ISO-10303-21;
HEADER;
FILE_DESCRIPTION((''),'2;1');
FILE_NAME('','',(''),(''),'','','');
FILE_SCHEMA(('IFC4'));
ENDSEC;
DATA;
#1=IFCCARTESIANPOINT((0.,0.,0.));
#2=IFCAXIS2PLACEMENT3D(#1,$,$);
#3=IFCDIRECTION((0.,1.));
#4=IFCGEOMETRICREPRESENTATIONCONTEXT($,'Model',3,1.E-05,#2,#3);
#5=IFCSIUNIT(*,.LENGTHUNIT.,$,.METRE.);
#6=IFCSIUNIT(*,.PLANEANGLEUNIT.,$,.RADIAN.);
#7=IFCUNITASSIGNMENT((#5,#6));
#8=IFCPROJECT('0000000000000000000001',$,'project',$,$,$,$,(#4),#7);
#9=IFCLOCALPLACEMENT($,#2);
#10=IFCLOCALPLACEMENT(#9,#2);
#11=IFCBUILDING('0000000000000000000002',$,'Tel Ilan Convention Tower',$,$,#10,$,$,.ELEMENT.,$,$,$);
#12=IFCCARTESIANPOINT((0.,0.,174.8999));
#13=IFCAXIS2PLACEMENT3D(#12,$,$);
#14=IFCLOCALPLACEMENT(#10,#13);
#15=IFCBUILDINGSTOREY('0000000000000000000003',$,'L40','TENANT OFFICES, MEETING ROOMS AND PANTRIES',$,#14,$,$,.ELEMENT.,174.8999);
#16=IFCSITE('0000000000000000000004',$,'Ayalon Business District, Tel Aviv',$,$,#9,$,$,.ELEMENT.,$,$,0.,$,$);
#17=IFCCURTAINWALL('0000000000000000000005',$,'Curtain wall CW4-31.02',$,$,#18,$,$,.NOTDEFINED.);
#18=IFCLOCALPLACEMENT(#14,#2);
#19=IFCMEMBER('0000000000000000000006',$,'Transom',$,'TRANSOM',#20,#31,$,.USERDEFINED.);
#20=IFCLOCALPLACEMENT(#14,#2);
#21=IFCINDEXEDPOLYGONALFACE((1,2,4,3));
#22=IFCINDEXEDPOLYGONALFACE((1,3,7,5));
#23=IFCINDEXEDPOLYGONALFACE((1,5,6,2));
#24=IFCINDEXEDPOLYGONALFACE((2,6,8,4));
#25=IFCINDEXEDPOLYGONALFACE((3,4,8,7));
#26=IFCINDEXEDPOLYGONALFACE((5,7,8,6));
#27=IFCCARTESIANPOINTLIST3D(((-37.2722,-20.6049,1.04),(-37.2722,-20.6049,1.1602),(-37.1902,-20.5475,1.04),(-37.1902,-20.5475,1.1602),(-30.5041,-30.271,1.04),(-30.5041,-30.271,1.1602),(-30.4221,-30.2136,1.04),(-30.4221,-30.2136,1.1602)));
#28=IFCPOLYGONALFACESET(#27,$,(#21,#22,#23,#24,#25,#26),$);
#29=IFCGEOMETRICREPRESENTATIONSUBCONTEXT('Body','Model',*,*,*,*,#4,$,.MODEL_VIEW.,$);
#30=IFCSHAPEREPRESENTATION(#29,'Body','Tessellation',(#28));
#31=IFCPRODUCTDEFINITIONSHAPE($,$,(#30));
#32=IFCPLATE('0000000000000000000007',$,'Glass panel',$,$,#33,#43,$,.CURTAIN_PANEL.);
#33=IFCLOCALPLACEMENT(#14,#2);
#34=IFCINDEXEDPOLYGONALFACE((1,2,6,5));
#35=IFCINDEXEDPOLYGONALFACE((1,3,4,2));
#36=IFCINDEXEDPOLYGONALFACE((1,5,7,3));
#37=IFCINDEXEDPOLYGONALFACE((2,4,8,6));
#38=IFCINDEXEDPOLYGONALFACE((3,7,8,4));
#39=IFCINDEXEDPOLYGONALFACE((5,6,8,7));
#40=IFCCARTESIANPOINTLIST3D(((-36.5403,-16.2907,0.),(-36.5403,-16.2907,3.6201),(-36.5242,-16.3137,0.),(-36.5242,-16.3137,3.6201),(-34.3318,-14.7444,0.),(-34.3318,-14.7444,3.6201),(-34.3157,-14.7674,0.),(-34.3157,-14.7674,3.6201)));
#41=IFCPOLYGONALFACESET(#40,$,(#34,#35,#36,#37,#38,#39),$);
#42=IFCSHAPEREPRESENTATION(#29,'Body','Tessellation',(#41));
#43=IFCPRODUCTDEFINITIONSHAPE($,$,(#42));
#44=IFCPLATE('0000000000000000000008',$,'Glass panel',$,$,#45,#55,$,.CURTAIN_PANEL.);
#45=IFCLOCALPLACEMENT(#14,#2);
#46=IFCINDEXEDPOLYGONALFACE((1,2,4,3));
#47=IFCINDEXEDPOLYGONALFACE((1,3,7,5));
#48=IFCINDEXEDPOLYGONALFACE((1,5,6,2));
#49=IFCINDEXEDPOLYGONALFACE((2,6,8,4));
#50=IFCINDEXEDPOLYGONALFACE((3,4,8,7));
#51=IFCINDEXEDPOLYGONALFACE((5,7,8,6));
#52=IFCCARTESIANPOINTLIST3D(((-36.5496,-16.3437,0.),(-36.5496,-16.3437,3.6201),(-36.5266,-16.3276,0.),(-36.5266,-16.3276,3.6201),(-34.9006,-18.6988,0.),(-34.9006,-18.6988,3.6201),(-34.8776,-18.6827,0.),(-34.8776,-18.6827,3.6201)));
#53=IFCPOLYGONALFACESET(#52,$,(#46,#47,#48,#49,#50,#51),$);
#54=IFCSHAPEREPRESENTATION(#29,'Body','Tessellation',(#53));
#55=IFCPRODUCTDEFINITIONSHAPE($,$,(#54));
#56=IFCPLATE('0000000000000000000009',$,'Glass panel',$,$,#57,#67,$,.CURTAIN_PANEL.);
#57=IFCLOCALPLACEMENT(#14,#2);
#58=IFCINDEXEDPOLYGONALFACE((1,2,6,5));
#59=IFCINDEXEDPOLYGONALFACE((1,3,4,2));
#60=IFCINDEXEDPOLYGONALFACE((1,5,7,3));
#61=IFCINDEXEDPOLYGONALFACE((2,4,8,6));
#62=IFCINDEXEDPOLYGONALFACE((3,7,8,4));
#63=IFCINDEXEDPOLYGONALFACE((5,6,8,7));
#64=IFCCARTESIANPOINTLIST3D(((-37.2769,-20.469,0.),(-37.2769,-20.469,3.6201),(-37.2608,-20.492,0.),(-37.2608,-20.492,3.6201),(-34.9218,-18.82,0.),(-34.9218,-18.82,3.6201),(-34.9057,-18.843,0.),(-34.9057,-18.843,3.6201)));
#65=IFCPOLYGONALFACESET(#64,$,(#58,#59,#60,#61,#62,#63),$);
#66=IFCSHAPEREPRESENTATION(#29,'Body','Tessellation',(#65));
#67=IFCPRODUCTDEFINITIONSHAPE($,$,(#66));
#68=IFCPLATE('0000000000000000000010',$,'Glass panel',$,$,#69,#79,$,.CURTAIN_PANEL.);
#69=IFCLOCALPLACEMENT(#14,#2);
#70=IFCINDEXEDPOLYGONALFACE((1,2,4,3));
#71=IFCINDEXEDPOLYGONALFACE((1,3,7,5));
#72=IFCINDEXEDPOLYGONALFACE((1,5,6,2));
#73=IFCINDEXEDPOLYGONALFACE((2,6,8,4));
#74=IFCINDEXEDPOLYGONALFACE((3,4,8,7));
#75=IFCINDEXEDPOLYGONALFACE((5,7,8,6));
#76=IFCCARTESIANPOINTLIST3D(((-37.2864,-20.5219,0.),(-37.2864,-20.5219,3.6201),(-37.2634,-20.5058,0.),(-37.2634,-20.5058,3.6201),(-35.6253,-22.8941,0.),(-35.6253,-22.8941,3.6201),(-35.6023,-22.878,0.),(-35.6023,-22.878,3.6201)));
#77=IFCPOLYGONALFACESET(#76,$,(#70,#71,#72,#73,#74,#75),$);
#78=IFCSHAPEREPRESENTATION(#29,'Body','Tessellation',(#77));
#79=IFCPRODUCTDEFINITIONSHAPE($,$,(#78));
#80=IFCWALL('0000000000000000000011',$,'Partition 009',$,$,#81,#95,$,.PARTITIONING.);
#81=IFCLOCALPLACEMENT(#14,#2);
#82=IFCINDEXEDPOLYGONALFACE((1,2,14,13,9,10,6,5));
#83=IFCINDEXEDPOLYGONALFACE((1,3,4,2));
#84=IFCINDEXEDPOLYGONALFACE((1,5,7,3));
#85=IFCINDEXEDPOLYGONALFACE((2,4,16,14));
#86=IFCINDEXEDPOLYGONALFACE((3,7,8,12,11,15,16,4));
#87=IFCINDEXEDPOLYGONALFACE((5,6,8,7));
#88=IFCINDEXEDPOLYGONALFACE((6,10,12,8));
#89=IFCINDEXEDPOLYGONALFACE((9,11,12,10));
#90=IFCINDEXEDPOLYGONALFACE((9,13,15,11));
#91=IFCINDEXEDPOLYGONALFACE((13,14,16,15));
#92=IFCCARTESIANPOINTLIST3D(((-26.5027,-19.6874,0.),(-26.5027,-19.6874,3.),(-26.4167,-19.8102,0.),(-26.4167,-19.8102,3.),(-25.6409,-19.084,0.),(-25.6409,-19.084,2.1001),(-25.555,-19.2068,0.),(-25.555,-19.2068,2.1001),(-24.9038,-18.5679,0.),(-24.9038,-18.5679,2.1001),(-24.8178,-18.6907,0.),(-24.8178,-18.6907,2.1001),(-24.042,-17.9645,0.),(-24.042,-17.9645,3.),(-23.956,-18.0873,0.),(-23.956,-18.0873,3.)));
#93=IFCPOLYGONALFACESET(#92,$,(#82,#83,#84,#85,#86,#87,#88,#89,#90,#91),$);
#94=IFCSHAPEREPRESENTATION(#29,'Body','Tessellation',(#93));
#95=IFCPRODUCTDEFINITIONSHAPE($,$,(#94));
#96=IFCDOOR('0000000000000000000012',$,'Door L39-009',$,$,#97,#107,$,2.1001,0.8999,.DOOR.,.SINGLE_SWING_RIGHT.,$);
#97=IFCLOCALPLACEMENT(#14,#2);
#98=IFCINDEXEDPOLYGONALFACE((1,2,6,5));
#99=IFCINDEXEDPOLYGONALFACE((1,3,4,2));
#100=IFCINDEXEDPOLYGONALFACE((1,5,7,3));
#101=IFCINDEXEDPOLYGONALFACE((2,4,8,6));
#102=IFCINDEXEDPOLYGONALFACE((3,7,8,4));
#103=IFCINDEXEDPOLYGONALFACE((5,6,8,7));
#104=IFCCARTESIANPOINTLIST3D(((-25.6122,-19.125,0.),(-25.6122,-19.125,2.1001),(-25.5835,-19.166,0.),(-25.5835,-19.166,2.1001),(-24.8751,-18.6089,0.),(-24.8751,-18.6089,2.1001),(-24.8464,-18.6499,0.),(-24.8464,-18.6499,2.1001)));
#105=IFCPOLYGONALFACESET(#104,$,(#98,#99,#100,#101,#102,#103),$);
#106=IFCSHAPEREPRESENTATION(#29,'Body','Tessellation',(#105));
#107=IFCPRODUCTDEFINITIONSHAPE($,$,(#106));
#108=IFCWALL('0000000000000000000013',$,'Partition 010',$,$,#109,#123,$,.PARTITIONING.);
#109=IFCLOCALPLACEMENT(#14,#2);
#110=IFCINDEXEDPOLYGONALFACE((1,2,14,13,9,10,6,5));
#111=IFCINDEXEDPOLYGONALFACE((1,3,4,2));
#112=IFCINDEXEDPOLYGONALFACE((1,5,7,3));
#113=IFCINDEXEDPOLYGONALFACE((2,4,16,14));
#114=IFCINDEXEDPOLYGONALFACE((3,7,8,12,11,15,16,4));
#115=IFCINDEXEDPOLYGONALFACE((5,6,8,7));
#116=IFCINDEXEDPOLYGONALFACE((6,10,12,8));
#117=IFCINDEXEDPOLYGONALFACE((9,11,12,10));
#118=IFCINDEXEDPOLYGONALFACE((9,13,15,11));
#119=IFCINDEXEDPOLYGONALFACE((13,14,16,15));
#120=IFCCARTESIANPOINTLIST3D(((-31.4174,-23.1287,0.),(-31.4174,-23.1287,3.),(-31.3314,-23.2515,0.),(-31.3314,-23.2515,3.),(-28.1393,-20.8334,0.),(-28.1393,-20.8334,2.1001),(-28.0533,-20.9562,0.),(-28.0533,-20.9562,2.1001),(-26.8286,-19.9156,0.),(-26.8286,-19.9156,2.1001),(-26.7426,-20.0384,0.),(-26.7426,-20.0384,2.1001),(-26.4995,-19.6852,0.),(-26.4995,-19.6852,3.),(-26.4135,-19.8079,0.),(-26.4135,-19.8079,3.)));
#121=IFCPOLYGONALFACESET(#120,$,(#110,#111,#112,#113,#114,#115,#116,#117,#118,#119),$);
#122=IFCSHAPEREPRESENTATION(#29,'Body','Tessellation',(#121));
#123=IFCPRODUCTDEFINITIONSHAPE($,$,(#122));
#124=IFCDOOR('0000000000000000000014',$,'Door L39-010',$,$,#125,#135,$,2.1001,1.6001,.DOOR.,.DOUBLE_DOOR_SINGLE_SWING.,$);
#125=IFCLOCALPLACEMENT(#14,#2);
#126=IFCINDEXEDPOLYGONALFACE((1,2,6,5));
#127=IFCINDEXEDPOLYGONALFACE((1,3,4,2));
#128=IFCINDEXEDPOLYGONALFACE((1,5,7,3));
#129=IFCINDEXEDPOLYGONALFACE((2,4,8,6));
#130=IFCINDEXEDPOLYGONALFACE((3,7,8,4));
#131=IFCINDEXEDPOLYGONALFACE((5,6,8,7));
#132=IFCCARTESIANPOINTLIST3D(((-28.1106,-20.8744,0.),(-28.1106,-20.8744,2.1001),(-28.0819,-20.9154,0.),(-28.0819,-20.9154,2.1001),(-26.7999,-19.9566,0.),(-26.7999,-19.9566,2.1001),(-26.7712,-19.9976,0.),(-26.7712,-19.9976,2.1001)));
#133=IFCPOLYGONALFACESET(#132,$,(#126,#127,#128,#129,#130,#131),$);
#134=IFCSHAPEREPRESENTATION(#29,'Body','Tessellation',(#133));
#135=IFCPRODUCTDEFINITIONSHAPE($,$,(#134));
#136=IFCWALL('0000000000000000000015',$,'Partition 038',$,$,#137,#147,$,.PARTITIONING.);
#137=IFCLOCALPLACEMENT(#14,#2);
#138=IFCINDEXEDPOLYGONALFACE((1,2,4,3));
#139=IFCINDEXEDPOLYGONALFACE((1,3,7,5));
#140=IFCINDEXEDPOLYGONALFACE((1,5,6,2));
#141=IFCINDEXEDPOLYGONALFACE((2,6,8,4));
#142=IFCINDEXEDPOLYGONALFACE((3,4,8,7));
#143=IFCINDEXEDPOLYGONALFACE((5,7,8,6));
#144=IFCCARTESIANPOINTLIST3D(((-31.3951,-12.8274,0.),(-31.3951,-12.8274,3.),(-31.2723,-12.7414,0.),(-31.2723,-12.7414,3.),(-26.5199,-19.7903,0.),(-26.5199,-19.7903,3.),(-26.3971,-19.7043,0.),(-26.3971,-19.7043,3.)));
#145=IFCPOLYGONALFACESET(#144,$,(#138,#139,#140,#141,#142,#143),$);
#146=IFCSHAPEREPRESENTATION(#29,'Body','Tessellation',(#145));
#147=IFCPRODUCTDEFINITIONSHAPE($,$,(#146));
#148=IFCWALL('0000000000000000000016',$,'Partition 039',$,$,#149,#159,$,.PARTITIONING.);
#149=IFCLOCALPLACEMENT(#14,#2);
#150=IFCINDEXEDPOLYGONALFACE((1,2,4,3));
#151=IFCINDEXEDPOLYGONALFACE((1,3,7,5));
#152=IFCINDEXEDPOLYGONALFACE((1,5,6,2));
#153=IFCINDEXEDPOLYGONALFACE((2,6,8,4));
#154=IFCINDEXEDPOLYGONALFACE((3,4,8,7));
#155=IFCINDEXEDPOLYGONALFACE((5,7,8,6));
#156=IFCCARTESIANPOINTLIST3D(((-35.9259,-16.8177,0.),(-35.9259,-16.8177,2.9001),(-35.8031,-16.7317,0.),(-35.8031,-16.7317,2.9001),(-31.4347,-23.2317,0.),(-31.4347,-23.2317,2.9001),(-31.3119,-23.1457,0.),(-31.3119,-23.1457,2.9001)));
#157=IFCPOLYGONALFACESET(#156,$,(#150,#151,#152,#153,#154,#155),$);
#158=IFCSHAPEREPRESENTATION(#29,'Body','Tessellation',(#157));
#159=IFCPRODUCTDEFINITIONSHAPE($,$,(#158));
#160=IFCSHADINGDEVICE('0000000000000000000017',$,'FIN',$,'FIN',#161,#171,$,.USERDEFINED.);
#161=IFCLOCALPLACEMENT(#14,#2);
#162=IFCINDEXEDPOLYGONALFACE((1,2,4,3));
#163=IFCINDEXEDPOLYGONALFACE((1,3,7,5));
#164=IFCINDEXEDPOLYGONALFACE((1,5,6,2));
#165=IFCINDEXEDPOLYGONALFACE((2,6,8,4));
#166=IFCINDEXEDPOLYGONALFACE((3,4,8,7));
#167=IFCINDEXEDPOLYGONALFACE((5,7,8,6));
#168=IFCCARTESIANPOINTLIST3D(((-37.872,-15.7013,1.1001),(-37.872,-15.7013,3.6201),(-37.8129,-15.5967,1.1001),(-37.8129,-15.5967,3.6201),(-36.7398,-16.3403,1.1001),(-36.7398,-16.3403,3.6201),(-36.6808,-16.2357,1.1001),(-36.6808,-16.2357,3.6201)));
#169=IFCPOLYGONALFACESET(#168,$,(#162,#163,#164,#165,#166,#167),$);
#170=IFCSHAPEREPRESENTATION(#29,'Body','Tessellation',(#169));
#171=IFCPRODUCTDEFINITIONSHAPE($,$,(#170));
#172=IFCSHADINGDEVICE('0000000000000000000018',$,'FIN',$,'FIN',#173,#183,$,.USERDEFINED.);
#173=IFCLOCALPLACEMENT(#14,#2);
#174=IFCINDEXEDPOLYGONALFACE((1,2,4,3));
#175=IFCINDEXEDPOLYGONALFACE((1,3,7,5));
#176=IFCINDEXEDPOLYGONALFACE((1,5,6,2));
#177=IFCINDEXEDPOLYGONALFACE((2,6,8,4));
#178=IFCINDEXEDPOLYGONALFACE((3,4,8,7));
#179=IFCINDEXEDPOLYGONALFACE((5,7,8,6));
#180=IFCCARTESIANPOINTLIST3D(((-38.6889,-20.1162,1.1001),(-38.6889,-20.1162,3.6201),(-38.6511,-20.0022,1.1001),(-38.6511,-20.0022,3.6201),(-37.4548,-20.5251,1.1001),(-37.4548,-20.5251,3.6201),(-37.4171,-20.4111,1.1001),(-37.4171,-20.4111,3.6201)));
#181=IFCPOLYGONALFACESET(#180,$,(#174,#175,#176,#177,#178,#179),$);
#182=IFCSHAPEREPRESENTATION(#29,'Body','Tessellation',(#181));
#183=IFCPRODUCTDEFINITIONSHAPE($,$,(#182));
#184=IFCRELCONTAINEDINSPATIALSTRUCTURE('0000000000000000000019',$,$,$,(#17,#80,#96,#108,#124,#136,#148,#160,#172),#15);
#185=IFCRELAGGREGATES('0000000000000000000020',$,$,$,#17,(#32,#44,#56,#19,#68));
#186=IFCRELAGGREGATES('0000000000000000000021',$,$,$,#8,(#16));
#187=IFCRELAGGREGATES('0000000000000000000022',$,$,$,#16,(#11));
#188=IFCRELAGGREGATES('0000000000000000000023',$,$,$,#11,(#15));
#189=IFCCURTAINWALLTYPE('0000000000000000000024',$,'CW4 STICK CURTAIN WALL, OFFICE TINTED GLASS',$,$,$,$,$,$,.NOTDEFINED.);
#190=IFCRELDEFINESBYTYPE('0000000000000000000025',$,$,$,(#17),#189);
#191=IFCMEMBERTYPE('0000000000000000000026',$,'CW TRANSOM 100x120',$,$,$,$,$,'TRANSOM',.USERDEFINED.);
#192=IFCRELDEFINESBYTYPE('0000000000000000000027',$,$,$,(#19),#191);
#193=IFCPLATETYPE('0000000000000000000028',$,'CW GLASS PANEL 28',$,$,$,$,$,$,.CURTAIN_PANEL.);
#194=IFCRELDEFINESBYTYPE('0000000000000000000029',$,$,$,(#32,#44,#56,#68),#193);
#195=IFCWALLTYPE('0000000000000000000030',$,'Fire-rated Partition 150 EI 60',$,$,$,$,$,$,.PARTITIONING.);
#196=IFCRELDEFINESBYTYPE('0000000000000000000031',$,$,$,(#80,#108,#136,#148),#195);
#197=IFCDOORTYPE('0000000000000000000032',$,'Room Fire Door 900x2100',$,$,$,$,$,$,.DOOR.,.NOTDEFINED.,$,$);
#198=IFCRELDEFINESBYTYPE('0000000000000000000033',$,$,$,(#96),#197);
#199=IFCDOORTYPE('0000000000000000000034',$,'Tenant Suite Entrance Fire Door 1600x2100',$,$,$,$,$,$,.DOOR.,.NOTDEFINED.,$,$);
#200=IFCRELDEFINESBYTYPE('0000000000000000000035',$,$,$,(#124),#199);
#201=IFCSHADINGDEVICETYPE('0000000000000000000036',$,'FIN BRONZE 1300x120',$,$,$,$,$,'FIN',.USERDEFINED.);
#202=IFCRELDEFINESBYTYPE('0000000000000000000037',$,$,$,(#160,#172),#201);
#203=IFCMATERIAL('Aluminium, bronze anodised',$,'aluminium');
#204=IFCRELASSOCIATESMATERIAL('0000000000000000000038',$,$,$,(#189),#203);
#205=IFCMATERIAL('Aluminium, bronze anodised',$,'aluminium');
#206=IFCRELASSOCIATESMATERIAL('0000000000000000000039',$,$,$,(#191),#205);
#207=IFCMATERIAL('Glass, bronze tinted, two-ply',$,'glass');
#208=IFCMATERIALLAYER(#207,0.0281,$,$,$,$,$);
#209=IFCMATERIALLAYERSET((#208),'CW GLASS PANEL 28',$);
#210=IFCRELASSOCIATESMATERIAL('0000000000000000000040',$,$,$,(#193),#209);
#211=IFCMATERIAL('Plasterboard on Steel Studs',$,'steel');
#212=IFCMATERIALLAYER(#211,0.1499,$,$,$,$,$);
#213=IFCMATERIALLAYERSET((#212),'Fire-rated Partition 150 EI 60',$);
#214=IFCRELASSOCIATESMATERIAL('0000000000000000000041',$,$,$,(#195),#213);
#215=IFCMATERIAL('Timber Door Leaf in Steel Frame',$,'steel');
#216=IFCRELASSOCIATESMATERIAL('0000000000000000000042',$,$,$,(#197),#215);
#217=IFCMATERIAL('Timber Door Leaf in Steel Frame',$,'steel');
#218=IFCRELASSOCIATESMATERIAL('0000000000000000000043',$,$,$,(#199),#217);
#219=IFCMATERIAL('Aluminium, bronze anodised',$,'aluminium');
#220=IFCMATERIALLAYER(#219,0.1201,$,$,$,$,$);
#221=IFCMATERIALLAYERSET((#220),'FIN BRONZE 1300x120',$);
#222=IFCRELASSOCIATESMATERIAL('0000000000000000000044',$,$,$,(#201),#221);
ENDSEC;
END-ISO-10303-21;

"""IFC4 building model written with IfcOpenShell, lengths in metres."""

from ifc_helpers import new_model, si_unit, direction, frame, frame_2d, origin, origin_2d, place, context, subcontext, project, spatial, rectangle, extrude, material, layer, layer_set, material_profile, profile_set, type_object, element, fill, aggregate, save


model = new_model("IFC4")

# Units and contexts
model_context = context("Model", 3, precision=1e-05, world=origin(), true_north=direction((0.0, 1.0)))
body_context = subcontext(model_context, "Body", "Model", "MODEL_VIEW")
ifc_project = project(units=[si_unit("LENGTHUNIT", "METRE"), si_unit("PLANEANGLEUNIT", "RADIAN")], contexts=[model_context])

# Site, building, storey
site_placement = place(None, origin())
site = spatial("IfcSite", under=ifc_project, at=site_placement, Name="Ayalon Business District, Tel Aviv", CompositionType="ELEMENT", RefElevation=0.0)
building_placement = place(site_placement, origin())
building = spatial("IfcBuilding", under=site, at=building_placement, Name="Tel Ilan Convention Tower", CompositionType="ELEMENT")
storey_placement = place(building_placement, frame((0.0, 0.0, 174.8999)))
storey = spatial("IfcBuildingStorey", under=building, at=storey_placement, Name="L40", Description="TENANT OFFICES, MEETING ROOMS AND PANTRIES", CompositionType="ELEMENT", Elevation=174.8999)

# Curtain wall, member, plates
ifc_material_1 = material(Name="Aluminium, bronze anodised", Category="aluminium")
curtain_wall_type = type_object("IfcCurtainWallType", Name="CW4 STICK CURTAIN WALL, OFFICE TINTED GLASS", PredefinedType="NOTDEFINED", material=ifc_material_1)
curtain_wall_placement = place(storey_placement, origin())
curtain_wall = element("IfcCurtainWall", 1, at=curtain_wall_placement, inside=storey, type_object=curtain_wall_type, Name="Curtain wall CW4-31.02", PredefinedType="NOTDEFINED")
ifc_material_2 = material(Name="Aluminium, bronze anodised", Category="aluminium")
ifc_material_profile_1 = material_profile(ifc_material_2, rectangle(XDim=0.1001, YDim=0.1201, at=origin_2d()), Name="CW TRANSOM 100x120")
ifc_profile_set_1 = profile_set([ifc_material_profile_1], Name="Aluminium, bronze anodised")
member_type_1 = type_object("IfcMemberType", Name="CW TRANSOM 100x120", ElementType="TRANSOM", PredefinedType="USERDEFINED", material=ifc_profile_set_1)
member_1_placement = place(storey_placement, frame((-37.2312, -20.5762, 1.1001), z_axis=(0.573568, -0.819158, 0.0), x_axis=(0.819158, 0.573568, 0.0)))
member_1 = element("IfcMember", 2, at=member_1_placement, type_object=member_type_1, Name="Transom", ObjectType="TRANSOM", PredefinedType="USERDEFINED", context=body_context, shape_type="SweptSolid", body=[
    extrude(rectangle(XDim=0.1001, YDim=0.1201, at=origin_2d()), origin(), (0.0, 0.0, 1.0), 11.8),
])
ifc_material_3 = material(Name="Glass, bronze tinted, two-ply", Category="glass")
ifc_layer_1 = layer(ifc_material_3, 0.0281)
ifc_layer_set_1 = layer_set([ifc_layer_1], Name="CW GLASS PANEL 28")
plate_type = type_object("IfcPlateType", Name="CW GLASS PANEL 28", PredefinedType="CURTAIN_PANEL", material=ifc_layer_set_1)
plate_1_placement = place(storey_placement, frame((-35.428, -15.5291, 0.0), z_axis=(0.0, 0.0, 1.0), x_axis=(-0.819152, -0.573576, 0.0)))
plate_1 = element("IfcPlate", 3, at=plate_1_placement, type_object=plate_type, Name="Glass panel", PredefinedType="CURTAIN_PANEL", context=body_context, shape_type="SweptSolid", body=[
    extrude(rectangle(XDim=2.696, YDim=0.0281, at=origin_2d()), origin(), (0.0, 0.0, 1.0), 3.6201),
])
plate_2_placement = place(storey_placement, frame((-35.7136, -17.5132, 0.0), z_axis=(0.0, 0.0, 1.0), x_axis=(0.573576, -0.819152, 0.0)))
plate_2 = element("IfcPlate", 4, at=plate_2_placement, type_object=plate_type, Name="Glass panel", PredefinedType="CURTAIN_PANEL", context=body_context, shape_type="SweptSolid", body=[
    extrude(rectangle(XDim=2.875, YDim=0.0281, at=origin_2d()), origin(), (0.0, 0.0, 1.0), 3.6201),
])
plate_3_placement = place(storey_placement, frame((-36.0913, -19.656, 0.0), z_axis=(0.0, 0.0, 1.0), x_axis=(-0.819152, -0.573576, 0.0)))
plate_3 = element("IfcPlate", 5, at=plate_3_placement, type_object=plate_type, Name="Glass panel", PredefinedType="CURTAIN_PANEL", context=body_context, shape_type="SweptSolid", body=[
    extrude(rectangle(XDim=2.875, YDim=0.0281, at=origin_2d()), origin(), (0.0, 0.0, 1.0), 3.6201),
])
plate_4_placement = place(storey_placement, frame((-36.4443, -21.7, 0.0), z_axis=(0.0, 0.0, 1.0), x_axis=(0.573576, -0.819152, 0.0)))
plate_4 = element("IfcPlate", 6, at=plate_4_placement, type_object=plate_type, Name="Glass panel", PredefinedType="CURTAIN_PANEL", context=body_context, shape_type="SweptSolid", body=[
    extrude(rectangle(XDim=2.896, YDim=0.0281, at=origin_2d()), origin(), (0.0, 0.0, 1.0), 3.6201),
])
aggregate(curtain_wall, [plate_1, plate_2, plate_3, member_1, plate_4])

# Walls, openings, doors
ifc_material_4 = material(Name="Plasterboard on Steel Studs", Category="steel")
ifc_layer_2 = layer(ifc_material_4, 0.1499)
ifc_layer_set_2 = layer_set([ifc_layer_2], Name="Fire-rated Partition 150 EI 60")
wall_type = type_object("IfcWallType", Name="Fire-rated Partition 150 EI 60", PredefinedType="PARTITIONING", material=ifc_layer_set_2)
wall_1_placement = place(storey_placement, frame((-26.4597, -19.7488, 0.0), z_axis=(0.0, 0.0, 1.0), x_axis=(0.819167, 0.573555, 0.0)))
wall_1 = element("IfcWall", 7, at=wall_1_placement, inside=storey, type_object=wall_type, Name="Partition 009", PredefinedType="PARTITIONING", context=body_context, shape_type="SweptSolid", body=[
    extrude(rectangle(XDim=3.0039, YDim=0.1499, at=frame_2d((1.502, 0.0))), origin(), (0.0, 0.0, 1.0), 3.0),
])
opening_1_placement = place(wall_1_placement, frame((1.052, 0.0, 0.0)))
opening_1 = element("IfcOpeningElement", 8, at=opening_1_placement, cuts=wall_1, PredefinedType="OPENING", context=body_context, shape_type="SweptSolid", body=[
    extrude(rectangle(XDim=0.8999, YDim=2.1001, at=frame_2d((0.45, 1.05))), frame((0.0, 0.085, 0.0), z_axis=(0.0, -1.0, 0.0), x_axis=(1.0, 0.0, 0.0)), (0.0, 0.0, 1.0), 0.1699),
])
ifc_material_5 = material(Name="Timber Door Leaf in Steel Frame", Category="steel")
door_type_1 = type_object("IfcDoorType", Name="Room Fire Door 900x2100", OperationType="NOTDEFINED", PredefinedType="DOOR", material=ifc_material_5)
door_1_placement = place(opening_1_placement, origin())
door_1 = element("IfcDoor", 9, at=door_1_placement, inside=storey, type_object=door_type_1, Name="Door L39-009", OperationType="SINGLE_SWING_RIGHT", OverallHeight=2.1001, OverallWidth=0.8999, PredefinedType="DOOR", context=body_context, shape_type="SweptSolid", body=[
    extrude(rectangle(XDim=0.8999, YDim=2.1001, at=frame_2d((0.45, 1.05))), frame((0.0, 0.0249, 0.0), z_axis=(0.0, -1.0, 0.0), x_axis=(1.0, 0.0, 0.0)), (0.0, 0.0, 1.0), 0.05),
])
fill(opening_1, door_1)
wall_2_placement = place(storey_placement, frame((-31.3745, -23.1902, 0.0), z_axis=(0.0, 0.0, 1.0), x_axis=(0.819152, 0.573577, 0.0)))
wall_2 = element("IfcWall", 10, at=wall_2_placement, inside=storey, type_object=wall_type, Name="Partition 010", PredefinedType="PARTITIONING", context=body_context, shape_type="SweptSolid", body=[
    extrude(rectangle(XDim=6.0037, YDim=0.1499, at=frame_2d((3.002, 0.0))), origin(), (0.0, 0.0, 1.0), 3.0),
])
opening_2_placement = place(wall_2_placement, frame((4.002, 0.0, 0.0)))
opening_2 = element("IfcOpeningElement", 11, at=opening_2_placement, cuts=wall_2, PredefinedType="OPENING", context=body_context, shape_type="SweptSolid", body=[
    extrude(rectangle(XDim=1.6001, YDim=2.1001, at=frame_2d((0.8, 1.05))), frame((0.0, 0.085, 0.0), z_axis=(0.0, -1.0, 0.0), x_axis=(1.0, 0.0, 0.0)), (0.0, 0.0, 1.0), 0.1699),
])
ifc_material_6 = material(Name="Timber Door Leaf in Steel Frame", Category="steel")
door_type_2 = type_object("IfcDoorType", Name="Tenant Suite Entrance Fire Door 1600x2100", OperationType="NOTDEFINED", PredefinedType="DOOR", material=ifc_material_6)
door_2_placement = place(opening_2_placement, origin())
door_2 = element("IfcDoor", 12, at=door_2_placement, inside=storey, type_object=door_type_2, Name="Door L39-010", OperationType="DOUBLE_DOOR_SINGLE_SWING", OverallHeight=2.1001, OverallWidth=1.6001, PredefinedType="DOOR", context=body_context, shape_type="SweptSolid", body=[
    extrude(rectangle(XDim=1.6001, YDim=2.1001, at=frame_2d((0.8, 1.05))), frame((0.0, 0.0249, 0.0), z_axis=(0.0, -1.0, 0.0), x_axis=(1.0, 0.0, 0.0)), (0.0, 0.0, 1.0), 0.05),
])
fill(opening_2, door_2)

# Walls
wall_3_placement = place(storey_placement, frame((-26.4585, -19.7473, 0.0), z_axis=(0.0, 0.0, 1.0), x_axis=(-0.573559, 0.819164, 0.0)))
element("IfcWall", 13, at=wall_3_placement, inside=storey, type_object=wall_type, Name="Partition 038", PredefinedType="PARTITIONING", context=body_context, shape_type="SweptSolid", body=[
    extrude(rectangle(XDim=8.5, YDim=0.1499, at=frame_2d((4.25, 0.0))), origin(), (0.0, 0.0, 1.0), 3.0),
])
wall_4_placement = place(storey_placement, frame((-31.3733, -23.1887, 0.0), z_axis=(0.0, 0.0, 1.0), x_axis=(-0.57358, 0.81915, 0.0)))
element("IfcWall", 14, at=wall_4_placement, inside=storey, type_object=wall_type, Name="Partition 039", PredefinedType="PARTITIONING", context=body_context, shape_type="SweptSolid", body=[
    extrude(rectangle(XDim=7.8301, YDim=0.1499, at=frame_2d((3.915, 0.0))), origin(), (0.0, 0.0, 1.0), 2.9001),
])

# Shading devices
ifc_material_7 = material(Name="Aluminium, bronze anodised", Category="aluminium")
ifc_layer_3 = layer(ifc_material_7, 0.1201)
ifc_layer_set_3 = layer_set([ifc_layer_3], Name="FIN BRONZE 1300x120")
shading_device_type = type_object("IfcShadingDeviceType", Name="FIN BRONZE 1300x120", ElementType="FIN", PredefinedType="USERDEFINED", material=ifc_layer_set_3)
for number, where, z_axis, x_axis, name in (
    (15, (-37.2764, -15.9685, 1.1001), (0.0, 0.0, 1.0), (-0.870833, 0.491579, 0.0), "FIN"),
    (16, (-38.053, -20.2637, 1.1001), (0.0, 0.0, 1.0), (-0.949243, 0.314545, 0.0), "FIN"),
):
    element("IfcShadingDevice", number, at=place(storey_placement, frame(where, z_axis=z_axis, x_axis=x_axis)), inside=storey, type_object=shading_device_type, Name=name, ObjectType="FIN", PredefinedType="USERDEFINED", context=body_context, shape_type="SweptSolid", body=[
        extrude(rectangle(XDim=1.3, YDim=0.1201, at=origin_2d()), origin(), (0.0, 0.0, 1.0), 2.52),
    ])

save(model, "model.ifc")
